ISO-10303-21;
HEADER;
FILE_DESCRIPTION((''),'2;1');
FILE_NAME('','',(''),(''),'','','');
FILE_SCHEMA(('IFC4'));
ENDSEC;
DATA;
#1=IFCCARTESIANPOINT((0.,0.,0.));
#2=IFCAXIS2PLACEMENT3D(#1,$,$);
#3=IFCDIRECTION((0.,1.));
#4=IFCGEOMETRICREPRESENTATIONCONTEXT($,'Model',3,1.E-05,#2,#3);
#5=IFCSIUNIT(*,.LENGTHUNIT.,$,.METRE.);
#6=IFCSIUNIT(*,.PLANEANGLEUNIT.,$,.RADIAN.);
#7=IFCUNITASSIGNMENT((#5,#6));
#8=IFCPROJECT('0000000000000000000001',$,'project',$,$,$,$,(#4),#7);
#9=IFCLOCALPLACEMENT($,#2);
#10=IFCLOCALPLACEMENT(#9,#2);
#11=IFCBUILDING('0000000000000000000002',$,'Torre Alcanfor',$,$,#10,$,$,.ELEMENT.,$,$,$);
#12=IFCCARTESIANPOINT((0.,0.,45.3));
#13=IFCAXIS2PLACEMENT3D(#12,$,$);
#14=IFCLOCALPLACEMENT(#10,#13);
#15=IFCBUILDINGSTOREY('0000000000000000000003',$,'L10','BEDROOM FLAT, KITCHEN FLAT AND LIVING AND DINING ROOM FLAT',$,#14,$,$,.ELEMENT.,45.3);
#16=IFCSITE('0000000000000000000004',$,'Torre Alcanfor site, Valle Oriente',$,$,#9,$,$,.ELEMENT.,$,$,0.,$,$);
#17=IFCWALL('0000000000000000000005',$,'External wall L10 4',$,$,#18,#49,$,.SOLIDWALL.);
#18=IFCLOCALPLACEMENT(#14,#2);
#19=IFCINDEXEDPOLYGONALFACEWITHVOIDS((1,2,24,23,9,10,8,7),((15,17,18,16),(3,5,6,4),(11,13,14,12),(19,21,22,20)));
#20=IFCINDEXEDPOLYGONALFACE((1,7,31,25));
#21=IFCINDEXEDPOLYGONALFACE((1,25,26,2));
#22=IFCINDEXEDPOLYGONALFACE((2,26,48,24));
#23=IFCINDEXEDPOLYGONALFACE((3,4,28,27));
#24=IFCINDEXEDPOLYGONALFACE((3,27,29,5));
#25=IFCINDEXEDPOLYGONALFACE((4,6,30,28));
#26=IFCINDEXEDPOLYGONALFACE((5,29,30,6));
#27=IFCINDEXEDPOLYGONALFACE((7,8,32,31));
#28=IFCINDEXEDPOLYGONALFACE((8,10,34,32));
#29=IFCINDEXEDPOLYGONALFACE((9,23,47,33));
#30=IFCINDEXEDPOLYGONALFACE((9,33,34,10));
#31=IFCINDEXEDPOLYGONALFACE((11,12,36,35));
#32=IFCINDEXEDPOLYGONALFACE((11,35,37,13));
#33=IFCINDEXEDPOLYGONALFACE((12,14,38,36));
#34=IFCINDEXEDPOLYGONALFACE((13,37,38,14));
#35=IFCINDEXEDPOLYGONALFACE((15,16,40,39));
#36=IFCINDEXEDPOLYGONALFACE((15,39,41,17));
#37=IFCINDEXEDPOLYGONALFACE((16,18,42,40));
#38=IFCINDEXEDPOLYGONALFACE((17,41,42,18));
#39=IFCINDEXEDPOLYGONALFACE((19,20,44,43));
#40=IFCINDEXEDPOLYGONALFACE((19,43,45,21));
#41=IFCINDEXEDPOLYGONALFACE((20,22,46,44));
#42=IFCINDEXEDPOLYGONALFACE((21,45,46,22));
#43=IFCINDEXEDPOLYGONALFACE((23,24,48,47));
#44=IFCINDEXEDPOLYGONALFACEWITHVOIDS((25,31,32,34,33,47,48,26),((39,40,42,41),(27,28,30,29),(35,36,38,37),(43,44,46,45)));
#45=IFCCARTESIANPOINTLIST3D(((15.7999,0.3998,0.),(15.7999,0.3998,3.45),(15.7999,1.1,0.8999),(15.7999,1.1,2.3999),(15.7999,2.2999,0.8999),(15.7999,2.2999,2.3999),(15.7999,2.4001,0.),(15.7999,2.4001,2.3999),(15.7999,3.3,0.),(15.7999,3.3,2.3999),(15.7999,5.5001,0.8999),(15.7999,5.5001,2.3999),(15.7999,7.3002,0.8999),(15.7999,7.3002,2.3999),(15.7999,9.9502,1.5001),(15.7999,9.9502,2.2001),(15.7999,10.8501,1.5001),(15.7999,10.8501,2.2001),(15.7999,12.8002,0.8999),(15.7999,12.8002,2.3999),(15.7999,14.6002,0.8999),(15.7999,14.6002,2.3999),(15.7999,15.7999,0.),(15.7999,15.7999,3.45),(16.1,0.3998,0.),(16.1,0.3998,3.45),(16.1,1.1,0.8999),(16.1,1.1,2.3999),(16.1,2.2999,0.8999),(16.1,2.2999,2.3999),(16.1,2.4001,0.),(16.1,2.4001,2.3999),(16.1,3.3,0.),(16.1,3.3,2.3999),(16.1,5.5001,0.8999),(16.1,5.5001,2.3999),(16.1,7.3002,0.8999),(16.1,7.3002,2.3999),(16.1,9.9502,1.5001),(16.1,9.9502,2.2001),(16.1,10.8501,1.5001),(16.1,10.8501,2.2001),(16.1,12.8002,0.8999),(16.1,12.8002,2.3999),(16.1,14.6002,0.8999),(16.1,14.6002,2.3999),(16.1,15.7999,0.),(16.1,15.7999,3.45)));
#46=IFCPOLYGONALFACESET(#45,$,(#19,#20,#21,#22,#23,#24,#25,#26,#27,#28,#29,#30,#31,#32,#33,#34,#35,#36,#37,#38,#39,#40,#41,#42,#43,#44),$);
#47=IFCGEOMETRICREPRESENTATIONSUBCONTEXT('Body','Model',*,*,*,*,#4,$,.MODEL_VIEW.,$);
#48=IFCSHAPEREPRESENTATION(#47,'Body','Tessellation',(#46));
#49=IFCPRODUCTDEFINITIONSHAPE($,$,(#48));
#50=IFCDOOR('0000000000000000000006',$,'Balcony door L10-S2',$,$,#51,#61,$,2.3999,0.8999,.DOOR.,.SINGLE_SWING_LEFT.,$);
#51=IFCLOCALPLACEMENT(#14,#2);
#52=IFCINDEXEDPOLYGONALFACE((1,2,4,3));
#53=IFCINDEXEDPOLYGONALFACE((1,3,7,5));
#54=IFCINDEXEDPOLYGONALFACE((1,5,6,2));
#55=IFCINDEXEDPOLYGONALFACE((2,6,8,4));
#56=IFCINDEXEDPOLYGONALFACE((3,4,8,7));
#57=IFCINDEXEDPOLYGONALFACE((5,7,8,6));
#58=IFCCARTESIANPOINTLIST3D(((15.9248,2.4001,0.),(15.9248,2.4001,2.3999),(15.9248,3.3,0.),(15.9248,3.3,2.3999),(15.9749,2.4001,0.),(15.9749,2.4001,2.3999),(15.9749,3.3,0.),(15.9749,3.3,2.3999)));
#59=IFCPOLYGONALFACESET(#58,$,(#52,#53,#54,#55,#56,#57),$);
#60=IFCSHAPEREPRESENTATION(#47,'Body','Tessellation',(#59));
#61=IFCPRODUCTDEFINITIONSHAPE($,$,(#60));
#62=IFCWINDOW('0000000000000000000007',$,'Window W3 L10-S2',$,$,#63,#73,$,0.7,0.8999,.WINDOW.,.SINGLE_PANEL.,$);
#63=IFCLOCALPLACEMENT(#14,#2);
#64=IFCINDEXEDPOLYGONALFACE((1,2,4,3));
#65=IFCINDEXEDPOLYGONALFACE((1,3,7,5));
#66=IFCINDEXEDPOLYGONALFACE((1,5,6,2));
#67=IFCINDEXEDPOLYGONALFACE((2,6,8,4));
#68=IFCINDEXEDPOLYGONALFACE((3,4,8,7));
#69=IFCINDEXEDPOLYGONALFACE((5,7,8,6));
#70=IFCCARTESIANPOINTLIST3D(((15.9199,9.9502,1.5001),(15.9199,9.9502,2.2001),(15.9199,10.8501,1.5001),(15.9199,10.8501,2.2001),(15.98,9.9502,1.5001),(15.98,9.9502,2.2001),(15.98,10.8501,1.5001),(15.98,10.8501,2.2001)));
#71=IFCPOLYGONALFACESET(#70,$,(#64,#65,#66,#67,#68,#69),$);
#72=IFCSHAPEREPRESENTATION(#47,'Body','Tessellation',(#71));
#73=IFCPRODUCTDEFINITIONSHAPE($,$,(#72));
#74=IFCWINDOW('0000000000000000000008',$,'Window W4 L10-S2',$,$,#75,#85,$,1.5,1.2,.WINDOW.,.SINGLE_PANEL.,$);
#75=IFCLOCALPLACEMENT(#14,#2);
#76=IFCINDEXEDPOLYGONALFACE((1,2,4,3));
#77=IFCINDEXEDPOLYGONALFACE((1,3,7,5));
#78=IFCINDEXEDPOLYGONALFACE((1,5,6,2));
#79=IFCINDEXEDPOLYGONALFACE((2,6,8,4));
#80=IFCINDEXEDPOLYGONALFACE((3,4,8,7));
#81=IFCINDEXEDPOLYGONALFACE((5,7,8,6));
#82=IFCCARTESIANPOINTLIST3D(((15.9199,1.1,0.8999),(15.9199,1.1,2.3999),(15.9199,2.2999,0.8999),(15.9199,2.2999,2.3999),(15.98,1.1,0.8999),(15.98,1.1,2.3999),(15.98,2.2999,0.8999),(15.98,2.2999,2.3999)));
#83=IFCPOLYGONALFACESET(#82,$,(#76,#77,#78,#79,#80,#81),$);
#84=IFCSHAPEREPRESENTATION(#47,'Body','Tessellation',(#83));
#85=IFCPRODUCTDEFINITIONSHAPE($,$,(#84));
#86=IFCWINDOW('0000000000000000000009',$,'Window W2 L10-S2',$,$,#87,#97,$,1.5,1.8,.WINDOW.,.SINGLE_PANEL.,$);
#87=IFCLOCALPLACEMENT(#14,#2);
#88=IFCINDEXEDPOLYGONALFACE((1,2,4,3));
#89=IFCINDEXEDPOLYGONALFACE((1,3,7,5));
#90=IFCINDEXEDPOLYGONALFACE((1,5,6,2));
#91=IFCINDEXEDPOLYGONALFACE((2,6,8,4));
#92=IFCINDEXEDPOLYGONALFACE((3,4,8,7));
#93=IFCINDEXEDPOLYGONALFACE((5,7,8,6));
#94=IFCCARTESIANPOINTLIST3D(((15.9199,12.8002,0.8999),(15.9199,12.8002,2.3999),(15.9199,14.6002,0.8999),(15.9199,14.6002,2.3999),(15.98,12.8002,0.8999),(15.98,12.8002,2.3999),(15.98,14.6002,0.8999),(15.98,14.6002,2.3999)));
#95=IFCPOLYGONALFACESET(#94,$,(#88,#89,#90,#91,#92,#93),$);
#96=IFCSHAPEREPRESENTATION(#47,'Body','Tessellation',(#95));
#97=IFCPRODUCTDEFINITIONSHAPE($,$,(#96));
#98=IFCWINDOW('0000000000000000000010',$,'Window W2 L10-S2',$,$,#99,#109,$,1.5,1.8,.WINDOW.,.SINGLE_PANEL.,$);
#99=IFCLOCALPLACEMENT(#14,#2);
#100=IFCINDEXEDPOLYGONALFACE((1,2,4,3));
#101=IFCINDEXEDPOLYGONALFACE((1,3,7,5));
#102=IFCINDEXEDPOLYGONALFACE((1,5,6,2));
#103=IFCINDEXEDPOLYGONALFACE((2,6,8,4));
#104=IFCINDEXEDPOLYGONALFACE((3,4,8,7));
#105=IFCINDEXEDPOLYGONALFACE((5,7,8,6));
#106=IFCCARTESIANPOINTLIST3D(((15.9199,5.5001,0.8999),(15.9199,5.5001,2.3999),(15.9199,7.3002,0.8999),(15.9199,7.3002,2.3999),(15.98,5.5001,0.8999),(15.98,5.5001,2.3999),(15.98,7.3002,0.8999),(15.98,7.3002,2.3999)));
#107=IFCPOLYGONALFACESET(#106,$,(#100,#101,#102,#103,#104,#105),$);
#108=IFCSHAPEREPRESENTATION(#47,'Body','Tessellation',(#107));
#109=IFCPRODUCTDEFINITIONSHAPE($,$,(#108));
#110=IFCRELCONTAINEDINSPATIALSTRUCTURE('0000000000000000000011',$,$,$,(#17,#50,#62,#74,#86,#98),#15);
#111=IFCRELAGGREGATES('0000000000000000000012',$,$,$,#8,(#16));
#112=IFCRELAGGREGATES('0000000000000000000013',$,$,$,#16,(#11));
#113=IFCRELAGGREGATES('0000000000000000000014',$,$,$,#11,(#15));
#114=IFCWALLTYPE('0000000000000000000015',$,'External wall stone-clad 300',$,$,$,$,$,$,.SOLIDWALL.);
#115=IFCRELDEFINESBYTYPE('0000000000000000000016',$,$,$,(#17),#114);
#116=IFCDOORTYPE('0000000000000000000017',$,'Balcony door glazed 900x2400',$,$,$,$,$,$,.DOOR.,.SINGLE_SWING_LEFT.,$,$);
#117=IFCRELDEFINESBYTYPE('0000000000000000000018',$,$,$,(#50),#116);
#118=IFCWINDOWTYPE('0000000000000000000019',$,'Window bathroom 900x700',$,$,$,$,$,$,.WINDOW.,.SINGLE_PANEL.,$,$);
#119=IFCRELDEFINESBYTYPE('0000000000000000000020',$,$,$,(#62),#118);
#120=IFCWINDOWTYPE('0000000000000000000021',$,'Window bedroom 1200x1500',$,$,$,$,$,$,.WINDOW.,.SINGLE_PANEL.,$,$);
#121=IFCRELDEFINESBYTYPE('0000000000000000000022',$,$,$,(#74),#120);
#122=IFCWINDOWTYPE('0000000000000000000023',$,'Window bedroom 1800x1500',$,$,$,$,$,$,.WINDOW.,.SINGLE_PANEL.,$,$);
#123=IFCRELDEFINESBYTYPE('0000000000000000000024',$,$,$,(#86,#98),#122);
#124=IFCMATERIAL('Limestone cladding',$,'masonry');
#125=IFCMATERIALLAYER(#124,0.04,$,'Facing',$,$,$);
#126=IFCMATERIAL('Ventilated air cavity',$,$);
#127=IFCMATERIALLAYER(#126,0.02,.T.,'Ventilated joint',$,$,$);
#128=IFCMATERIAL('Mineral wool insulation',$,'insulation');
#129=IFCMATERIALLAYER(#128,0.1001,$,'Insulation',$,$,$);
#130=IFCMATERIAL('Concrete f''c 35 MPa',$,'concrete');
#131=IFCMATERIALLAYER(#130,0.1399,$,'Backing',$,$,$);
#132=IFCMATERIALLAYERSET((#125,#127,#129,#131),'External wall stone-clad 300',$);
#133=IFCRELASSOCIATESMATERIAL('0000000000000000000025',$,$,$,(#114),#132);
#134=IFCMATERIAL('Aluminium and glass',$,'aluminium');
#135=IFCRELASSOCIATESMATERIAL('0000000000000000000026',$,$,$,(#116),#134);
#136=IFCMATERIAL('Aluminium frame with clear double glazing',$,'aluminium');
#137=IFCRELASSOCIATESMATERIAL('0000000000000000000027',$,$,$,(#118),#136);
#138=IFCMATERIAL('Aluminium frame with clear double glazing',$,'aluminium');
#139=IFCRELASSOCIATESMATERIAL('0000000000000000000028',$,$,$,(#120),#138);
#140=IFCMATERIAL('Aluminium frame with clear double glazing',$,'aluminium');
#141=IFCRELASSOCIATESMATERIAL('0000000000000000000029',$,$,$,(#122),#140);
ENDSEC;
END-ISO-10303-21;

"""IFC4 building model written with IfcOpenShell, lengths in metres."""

from ifc_helpers import new_model, si_unit, direction, frame, frame_2d, origin, place, context, subcontext, project, spatial, rectangle, extrude, material, layer, layer_set, type_object, element, fill, save


model = new_model("IFC4")

# Units and contexts
model_context = context("Model", 3, precision=1e-05, world=origin(), true_north=direction((0.0, 1.0)))
body_context = subcontext(model_context, "Body", "Model", "MODEL_VIEW")
ifc_project = project(units=[si_unit("LENGTHUNIT", "METRE"), si_unit("PLANEANGLEUNIT", "RADIAN")], contexts=[model_context])

# Site, building, storey
site_placement = place(None, origin())
site = spatial("IfcSite", under=ifc_project, at=site_placement, Name="Torre Alcanfor site, Valle Oriente", CompositionType="ELEMENT", RefElevation=0.0)
building_placement = place(site_placement, origin())
building = spatial("IfcBuilding", under=site, at=building_placement, Name="Torre Alcanfor", CompositionType="ELEMENT")
storey_placement = place(building_placement, frame((0.0, 0.0, 45.3)))
storey = spatial("IfcBuildingStorey", under=building, at=storey_placement, Name="L10", Description="BEDROOM FLAT, KITCHEN FLAT AND LIVING AND DINING ROOM FLAT", CompositionType="ELEMENT", Elevation=45.3)

# Wall, openings, door, windows
ifc_material_1 = material(Name="Limestone cladding", Category="masonry")
ifc_layer_1 = layer(ifc_material_1, 0.04, Name="Facing")
ifc_material_2 = material(Name="Ventilated air cavity")
ifc_layer_2 = layer(ifc_material_2, 0.02, ventilated=True, Name="Ventilated joint")
ifc_material_3 = material(Name="Mineral wool insulation", Category="insulation")
ifc_layer_3 = layer(ifc_material_3, 0.1001, Name="Insulation")
ifc_material_4 = material(Name="Concrete f'c 35 MPa", Category="concrete")
ifc_layer_4 = layer(ifc_material_4, 0.1399, Name="Backing")
ifc_layer_set_1 = layer_set([ifc_layer_1, ifc_layer_2, ifc_layer_3, ifc_layer_4], Name="External wall stone-clad 300")
wall_type_1 = type_object("IfcWallType", Name="External wall stone-clad 300", PredefinedType="SOLIDWALL", material=ifc_layer_set_1)
ifc_material_5 = material(Name="Aluminium and glass", Category="aluminium")
door_type = type_object("IfcDoorType", Name="Balcony door glazed 900x2400", OperationType="SINGLE_SWING_LEFT", PredefinedType="DOOR", material=ifc_material_5)
ifc_material_6 = material(Name="Aluminium frame with clear double glazing", Category="aluminium")
window_type_1 = type_object("IfcWindowType", Name="Window bathroom 900x700", PartitioningType="SINGLE_PANEL", PredefinedType="WINDOW", material=ifc_material_6)
ifc_material_7 = material(Name="Aluminium frame with clear double glazing", Category="aluminium")
window_type_2 = type_object("IfcWindowType", Name="Window bedroom 1200x1500", PartitioningType="SINGLE_PANEL", PredefinedType="WINDOW", material=ifc_material_7)
ifc_material_8 = material(Name="Aluminium frame with clear double glazing", Category="aluminium")
window_type_3 = type_object("IfcWindowType", Name="Window bedroom 1800x1500", PartitioningType="SINGLE_PANEL", PredefinedType="WINDOW", material=ifc_material_8)
wall_1_placement = place(storey_placement, frame((15.95, 15.8, 0.0), z_axis=(0.0, 0.0, 1.0), x_axis=(0.0, -1.0, 0.0)))
wall_1 = element("IfcWall", 1, at=wall_1_placement, inside=storey, type_object=wall_type_1, Name="External wall L10 4", PredefinedType="SOLIDWALL", context=body_context, shape_type="SweptSolid", body=[
    extrude(rectangle(XDim=15.4001, YDim=0.3, at=frame_2d((7.7002, 0.0))), origin(), (0.0, 0.0, 1.0), 3.45),
])
opening_1_placement = place(wall_1_placement, frame((1.2, 0.0, 0.8999)))
opening_1 = element("IfcOpeningElement", 2, at=opening_1_placement, cuts=wall_1, PredefinedType="OPENING", context=body_context, shape_type="SweptSolid", body=[
    extrude(rectangle(XDim=1.8, YDim=1.5, at=frame_2d((0.8999, 0.75))), frame((0.0, 0.1599, 0.0), z_axis=(0.0, -1.0, 0.0), x_axis=(1.0, 0.0, 0.0)), (0.0, 0.0, 1.0), 0.3201),
])
opening_2_placement = place(wall_1_placement, frame((4.95, 0.0, 1.5)))
opening_2 = element("IfcOpeningElement", 3, at=opening_2_placement, cuts=wall_1, PredefinedType="OPENING", context=body_context, shape_type="SweptSolid", body=[
    extrude(rectangle(XDim=0.8999, YDim=0.7, at=frame_2d((0.45, 0.3501))), frame((0.0, 0.1599, 0.0), z_axis=(0.0, -1.0, 0.0), x_axis=(1.0, 0.0, 0.0)), (0.0, 0.0, 1.0), 0.3201),
])
opening_3_placement = place(wall_1_placement, frame((8.5, 0.0, 0.8999)))
opening_3 = element("IfcOpeningElement", 4, at=opening_3_placement, cuts=wall_1, PredefinedType="OPENING", context=body_context, shape_type="SweptSolid", body=[
    extrude(rectangle(XDim=1.8, YDim=1.5, at=frame_2d((0.8999, 0.75))), frame((0.0, 0.1599, 0.0), z_axis=(0.0, -1.0, 0.0), x_axis=(1.0, 0.0, 0.0)), (0.0, 0.0, 1.0), 0.3201),
])
opening_4_placement = place(wall_1_placement, frame((12.5, 0.0, 0.0)))
opening_4 = element("IfcOpeningElement", 5, at=opening_4_placement, cuts=wall_1, PredefinedType="OPENING", context=body_context, shape_type="SweptSolid", body=[
    extrude(rectangle(XDim=0.8999, YDim=2.3999, at=frame_2d((0.45, 1.2))), frame((0.0, 0.1599, 0.0), z_axis=(0.0, -1.0, 0.0), x_axis=(1.0, 0.0, 0.0)), (0.0, 0.0, 1.0), 0.3201),
])
opening_5_placement = place(wall_1_placement, frame((13.5, 0.0, 0.8999)))
opening_5 = element("IfcOpeningElement", 6, at=opening_5_placement, cuts=wall_1, PredefinedType="OPENING", context=body_context, shape_type="SweptSolid", body=[
    extrude(rectangle(XDim=1.2, YDim=1.5, at=frame_2d((0.6001, 0.75))), frame((0.0, 0.1599, 0.0), z_axis=(0.0, -1.0, 0.0), x_axis=(1.0, 0.0, 0.0)), (0.0, 0.0, 1.0), 0.3201),
])
door_1_placement = place(opening_4_placement, origin())
door_1 = element("IfcDoor", 7, at=door_1_placement, inside=storey, type_object=door_type, Name="Balcony door L10-S2", OperationType="SINGLE_SWING_LEFT", OverallHeight=2.3999, OverallWidth=0.8999, PredefinedType="DOOR", context=body_context, shape_type="SweptSolid", body=[
    extrude(rectangle(XDim=0.8999, YDim=2.3999, at=frame_2d((0.45, 1.2))), frame((0.0, 0.0249, 0.0), z_axis=(0.0, -1.0, 0.0), x_axis=(1.0, 0.0, 0.0)), (0.0, 0.0, 1.0), 0.05),
])
fill(opening_4, door_1)
window_1_placement = place(opening_2_placement, origin())
window_1 = element("IfcWindow", 8, at=window_1_placement, inside=storey, type_object=window_type_1, Name="Window W3 L10-S2", OverallHeight=0.7, OverallWidth=0.8999, PartitioningType="SINGLE_PANEL", PredefinedType="WINDOW", context=body_context, shape_type="SweptSolid", body=[
    extrude(rectangle(XDim=0.8999, YDim=0.7, at=frame_2d((0.45, 0.3501))), frame((0.0, 0.03, 0.0), z_axis=(0.0, -1.0, 0.0), x_axis=(1.0, 0.0, 0.0)), (0.0, 0.0, 1.0), 0.0601),
])
fill(opening_2, window_1)
window_2_placement = place(opening_5_placement, origin())
window_2 = element("IfcWindow", 9, at=window_2_placement, inside=storey, type_object=window_type_2, Name="Window W4 L10-S2", OverallHeight=1.5, OverallWidth=1.2, PartitioningType="SINGLE_PANEL", PredefinedType="WINDOW", context=body_context, shape_type="SweptSolid", body=[
    extrude(rectangle(XDim=1.2, YDim=1.5, at=frame_2d((0.6001, 0.75))), frame((0.0, 0.03, 0.0), z_axis=(0.0, -1.0, 0.0), x_axis=(1.0, 0.0, 0.0)), (0.0, 0.0, 1.0), 0.0601),
])
fill(opening_5, window_2)
window_3_placement = place(opening_1_placement, origin())
window_3 = element("IfcWindow", 10, at=window_3_placement, inside=storey, type_object=window_type_3, Name="Window W2 L10-S2", OverallHeight=1.5, OverallWidth=1.8, PartitioningType="SINGLE_PANEL", PredefinedType="WINDOW", context=body_context, shape_type="SweptSolid", body=[
    extrude(rectangle(XDim=1.8, YDim=1.5, at=frame_2d((0.8999, 0.75))), frame((0.0, 0.03, 0.0), z_axis=(0.0, -1.0, 0.0), x_axis=(1.0, 0.0, 0.0)), (0.0, 0.0, 1.0), 0.0601),
])
fill(opening_1, window_3)
window_4_placement = place(opening_3_placement, origin())
window_4 = element("IfcWindow", 11, at=window_4_placement, inside=storey, type_object=window_type_3, Name="Window W2 L10-S2", OverallHeight=1.5, OverallWidth=1.8, PartitioningType="SINGLE_PANEL", PredefinedType="WINDOW", context=body_context, shape_type="SweptSolid", body=[
    extrude(rectangle(XDim=1.8, YDim=1.5, at=frame_2d((0.8999, 0.75))), frame((0.0, 0.03, 0.0), z_axis=(0.0, -1.0, 0.0), x_axis=(1.0, 0.0, 0.0)), (0.0, 0.0, 1.0), 0.0601),
])
fill(opening_3, window_4)

save(model, "model.ifc")
